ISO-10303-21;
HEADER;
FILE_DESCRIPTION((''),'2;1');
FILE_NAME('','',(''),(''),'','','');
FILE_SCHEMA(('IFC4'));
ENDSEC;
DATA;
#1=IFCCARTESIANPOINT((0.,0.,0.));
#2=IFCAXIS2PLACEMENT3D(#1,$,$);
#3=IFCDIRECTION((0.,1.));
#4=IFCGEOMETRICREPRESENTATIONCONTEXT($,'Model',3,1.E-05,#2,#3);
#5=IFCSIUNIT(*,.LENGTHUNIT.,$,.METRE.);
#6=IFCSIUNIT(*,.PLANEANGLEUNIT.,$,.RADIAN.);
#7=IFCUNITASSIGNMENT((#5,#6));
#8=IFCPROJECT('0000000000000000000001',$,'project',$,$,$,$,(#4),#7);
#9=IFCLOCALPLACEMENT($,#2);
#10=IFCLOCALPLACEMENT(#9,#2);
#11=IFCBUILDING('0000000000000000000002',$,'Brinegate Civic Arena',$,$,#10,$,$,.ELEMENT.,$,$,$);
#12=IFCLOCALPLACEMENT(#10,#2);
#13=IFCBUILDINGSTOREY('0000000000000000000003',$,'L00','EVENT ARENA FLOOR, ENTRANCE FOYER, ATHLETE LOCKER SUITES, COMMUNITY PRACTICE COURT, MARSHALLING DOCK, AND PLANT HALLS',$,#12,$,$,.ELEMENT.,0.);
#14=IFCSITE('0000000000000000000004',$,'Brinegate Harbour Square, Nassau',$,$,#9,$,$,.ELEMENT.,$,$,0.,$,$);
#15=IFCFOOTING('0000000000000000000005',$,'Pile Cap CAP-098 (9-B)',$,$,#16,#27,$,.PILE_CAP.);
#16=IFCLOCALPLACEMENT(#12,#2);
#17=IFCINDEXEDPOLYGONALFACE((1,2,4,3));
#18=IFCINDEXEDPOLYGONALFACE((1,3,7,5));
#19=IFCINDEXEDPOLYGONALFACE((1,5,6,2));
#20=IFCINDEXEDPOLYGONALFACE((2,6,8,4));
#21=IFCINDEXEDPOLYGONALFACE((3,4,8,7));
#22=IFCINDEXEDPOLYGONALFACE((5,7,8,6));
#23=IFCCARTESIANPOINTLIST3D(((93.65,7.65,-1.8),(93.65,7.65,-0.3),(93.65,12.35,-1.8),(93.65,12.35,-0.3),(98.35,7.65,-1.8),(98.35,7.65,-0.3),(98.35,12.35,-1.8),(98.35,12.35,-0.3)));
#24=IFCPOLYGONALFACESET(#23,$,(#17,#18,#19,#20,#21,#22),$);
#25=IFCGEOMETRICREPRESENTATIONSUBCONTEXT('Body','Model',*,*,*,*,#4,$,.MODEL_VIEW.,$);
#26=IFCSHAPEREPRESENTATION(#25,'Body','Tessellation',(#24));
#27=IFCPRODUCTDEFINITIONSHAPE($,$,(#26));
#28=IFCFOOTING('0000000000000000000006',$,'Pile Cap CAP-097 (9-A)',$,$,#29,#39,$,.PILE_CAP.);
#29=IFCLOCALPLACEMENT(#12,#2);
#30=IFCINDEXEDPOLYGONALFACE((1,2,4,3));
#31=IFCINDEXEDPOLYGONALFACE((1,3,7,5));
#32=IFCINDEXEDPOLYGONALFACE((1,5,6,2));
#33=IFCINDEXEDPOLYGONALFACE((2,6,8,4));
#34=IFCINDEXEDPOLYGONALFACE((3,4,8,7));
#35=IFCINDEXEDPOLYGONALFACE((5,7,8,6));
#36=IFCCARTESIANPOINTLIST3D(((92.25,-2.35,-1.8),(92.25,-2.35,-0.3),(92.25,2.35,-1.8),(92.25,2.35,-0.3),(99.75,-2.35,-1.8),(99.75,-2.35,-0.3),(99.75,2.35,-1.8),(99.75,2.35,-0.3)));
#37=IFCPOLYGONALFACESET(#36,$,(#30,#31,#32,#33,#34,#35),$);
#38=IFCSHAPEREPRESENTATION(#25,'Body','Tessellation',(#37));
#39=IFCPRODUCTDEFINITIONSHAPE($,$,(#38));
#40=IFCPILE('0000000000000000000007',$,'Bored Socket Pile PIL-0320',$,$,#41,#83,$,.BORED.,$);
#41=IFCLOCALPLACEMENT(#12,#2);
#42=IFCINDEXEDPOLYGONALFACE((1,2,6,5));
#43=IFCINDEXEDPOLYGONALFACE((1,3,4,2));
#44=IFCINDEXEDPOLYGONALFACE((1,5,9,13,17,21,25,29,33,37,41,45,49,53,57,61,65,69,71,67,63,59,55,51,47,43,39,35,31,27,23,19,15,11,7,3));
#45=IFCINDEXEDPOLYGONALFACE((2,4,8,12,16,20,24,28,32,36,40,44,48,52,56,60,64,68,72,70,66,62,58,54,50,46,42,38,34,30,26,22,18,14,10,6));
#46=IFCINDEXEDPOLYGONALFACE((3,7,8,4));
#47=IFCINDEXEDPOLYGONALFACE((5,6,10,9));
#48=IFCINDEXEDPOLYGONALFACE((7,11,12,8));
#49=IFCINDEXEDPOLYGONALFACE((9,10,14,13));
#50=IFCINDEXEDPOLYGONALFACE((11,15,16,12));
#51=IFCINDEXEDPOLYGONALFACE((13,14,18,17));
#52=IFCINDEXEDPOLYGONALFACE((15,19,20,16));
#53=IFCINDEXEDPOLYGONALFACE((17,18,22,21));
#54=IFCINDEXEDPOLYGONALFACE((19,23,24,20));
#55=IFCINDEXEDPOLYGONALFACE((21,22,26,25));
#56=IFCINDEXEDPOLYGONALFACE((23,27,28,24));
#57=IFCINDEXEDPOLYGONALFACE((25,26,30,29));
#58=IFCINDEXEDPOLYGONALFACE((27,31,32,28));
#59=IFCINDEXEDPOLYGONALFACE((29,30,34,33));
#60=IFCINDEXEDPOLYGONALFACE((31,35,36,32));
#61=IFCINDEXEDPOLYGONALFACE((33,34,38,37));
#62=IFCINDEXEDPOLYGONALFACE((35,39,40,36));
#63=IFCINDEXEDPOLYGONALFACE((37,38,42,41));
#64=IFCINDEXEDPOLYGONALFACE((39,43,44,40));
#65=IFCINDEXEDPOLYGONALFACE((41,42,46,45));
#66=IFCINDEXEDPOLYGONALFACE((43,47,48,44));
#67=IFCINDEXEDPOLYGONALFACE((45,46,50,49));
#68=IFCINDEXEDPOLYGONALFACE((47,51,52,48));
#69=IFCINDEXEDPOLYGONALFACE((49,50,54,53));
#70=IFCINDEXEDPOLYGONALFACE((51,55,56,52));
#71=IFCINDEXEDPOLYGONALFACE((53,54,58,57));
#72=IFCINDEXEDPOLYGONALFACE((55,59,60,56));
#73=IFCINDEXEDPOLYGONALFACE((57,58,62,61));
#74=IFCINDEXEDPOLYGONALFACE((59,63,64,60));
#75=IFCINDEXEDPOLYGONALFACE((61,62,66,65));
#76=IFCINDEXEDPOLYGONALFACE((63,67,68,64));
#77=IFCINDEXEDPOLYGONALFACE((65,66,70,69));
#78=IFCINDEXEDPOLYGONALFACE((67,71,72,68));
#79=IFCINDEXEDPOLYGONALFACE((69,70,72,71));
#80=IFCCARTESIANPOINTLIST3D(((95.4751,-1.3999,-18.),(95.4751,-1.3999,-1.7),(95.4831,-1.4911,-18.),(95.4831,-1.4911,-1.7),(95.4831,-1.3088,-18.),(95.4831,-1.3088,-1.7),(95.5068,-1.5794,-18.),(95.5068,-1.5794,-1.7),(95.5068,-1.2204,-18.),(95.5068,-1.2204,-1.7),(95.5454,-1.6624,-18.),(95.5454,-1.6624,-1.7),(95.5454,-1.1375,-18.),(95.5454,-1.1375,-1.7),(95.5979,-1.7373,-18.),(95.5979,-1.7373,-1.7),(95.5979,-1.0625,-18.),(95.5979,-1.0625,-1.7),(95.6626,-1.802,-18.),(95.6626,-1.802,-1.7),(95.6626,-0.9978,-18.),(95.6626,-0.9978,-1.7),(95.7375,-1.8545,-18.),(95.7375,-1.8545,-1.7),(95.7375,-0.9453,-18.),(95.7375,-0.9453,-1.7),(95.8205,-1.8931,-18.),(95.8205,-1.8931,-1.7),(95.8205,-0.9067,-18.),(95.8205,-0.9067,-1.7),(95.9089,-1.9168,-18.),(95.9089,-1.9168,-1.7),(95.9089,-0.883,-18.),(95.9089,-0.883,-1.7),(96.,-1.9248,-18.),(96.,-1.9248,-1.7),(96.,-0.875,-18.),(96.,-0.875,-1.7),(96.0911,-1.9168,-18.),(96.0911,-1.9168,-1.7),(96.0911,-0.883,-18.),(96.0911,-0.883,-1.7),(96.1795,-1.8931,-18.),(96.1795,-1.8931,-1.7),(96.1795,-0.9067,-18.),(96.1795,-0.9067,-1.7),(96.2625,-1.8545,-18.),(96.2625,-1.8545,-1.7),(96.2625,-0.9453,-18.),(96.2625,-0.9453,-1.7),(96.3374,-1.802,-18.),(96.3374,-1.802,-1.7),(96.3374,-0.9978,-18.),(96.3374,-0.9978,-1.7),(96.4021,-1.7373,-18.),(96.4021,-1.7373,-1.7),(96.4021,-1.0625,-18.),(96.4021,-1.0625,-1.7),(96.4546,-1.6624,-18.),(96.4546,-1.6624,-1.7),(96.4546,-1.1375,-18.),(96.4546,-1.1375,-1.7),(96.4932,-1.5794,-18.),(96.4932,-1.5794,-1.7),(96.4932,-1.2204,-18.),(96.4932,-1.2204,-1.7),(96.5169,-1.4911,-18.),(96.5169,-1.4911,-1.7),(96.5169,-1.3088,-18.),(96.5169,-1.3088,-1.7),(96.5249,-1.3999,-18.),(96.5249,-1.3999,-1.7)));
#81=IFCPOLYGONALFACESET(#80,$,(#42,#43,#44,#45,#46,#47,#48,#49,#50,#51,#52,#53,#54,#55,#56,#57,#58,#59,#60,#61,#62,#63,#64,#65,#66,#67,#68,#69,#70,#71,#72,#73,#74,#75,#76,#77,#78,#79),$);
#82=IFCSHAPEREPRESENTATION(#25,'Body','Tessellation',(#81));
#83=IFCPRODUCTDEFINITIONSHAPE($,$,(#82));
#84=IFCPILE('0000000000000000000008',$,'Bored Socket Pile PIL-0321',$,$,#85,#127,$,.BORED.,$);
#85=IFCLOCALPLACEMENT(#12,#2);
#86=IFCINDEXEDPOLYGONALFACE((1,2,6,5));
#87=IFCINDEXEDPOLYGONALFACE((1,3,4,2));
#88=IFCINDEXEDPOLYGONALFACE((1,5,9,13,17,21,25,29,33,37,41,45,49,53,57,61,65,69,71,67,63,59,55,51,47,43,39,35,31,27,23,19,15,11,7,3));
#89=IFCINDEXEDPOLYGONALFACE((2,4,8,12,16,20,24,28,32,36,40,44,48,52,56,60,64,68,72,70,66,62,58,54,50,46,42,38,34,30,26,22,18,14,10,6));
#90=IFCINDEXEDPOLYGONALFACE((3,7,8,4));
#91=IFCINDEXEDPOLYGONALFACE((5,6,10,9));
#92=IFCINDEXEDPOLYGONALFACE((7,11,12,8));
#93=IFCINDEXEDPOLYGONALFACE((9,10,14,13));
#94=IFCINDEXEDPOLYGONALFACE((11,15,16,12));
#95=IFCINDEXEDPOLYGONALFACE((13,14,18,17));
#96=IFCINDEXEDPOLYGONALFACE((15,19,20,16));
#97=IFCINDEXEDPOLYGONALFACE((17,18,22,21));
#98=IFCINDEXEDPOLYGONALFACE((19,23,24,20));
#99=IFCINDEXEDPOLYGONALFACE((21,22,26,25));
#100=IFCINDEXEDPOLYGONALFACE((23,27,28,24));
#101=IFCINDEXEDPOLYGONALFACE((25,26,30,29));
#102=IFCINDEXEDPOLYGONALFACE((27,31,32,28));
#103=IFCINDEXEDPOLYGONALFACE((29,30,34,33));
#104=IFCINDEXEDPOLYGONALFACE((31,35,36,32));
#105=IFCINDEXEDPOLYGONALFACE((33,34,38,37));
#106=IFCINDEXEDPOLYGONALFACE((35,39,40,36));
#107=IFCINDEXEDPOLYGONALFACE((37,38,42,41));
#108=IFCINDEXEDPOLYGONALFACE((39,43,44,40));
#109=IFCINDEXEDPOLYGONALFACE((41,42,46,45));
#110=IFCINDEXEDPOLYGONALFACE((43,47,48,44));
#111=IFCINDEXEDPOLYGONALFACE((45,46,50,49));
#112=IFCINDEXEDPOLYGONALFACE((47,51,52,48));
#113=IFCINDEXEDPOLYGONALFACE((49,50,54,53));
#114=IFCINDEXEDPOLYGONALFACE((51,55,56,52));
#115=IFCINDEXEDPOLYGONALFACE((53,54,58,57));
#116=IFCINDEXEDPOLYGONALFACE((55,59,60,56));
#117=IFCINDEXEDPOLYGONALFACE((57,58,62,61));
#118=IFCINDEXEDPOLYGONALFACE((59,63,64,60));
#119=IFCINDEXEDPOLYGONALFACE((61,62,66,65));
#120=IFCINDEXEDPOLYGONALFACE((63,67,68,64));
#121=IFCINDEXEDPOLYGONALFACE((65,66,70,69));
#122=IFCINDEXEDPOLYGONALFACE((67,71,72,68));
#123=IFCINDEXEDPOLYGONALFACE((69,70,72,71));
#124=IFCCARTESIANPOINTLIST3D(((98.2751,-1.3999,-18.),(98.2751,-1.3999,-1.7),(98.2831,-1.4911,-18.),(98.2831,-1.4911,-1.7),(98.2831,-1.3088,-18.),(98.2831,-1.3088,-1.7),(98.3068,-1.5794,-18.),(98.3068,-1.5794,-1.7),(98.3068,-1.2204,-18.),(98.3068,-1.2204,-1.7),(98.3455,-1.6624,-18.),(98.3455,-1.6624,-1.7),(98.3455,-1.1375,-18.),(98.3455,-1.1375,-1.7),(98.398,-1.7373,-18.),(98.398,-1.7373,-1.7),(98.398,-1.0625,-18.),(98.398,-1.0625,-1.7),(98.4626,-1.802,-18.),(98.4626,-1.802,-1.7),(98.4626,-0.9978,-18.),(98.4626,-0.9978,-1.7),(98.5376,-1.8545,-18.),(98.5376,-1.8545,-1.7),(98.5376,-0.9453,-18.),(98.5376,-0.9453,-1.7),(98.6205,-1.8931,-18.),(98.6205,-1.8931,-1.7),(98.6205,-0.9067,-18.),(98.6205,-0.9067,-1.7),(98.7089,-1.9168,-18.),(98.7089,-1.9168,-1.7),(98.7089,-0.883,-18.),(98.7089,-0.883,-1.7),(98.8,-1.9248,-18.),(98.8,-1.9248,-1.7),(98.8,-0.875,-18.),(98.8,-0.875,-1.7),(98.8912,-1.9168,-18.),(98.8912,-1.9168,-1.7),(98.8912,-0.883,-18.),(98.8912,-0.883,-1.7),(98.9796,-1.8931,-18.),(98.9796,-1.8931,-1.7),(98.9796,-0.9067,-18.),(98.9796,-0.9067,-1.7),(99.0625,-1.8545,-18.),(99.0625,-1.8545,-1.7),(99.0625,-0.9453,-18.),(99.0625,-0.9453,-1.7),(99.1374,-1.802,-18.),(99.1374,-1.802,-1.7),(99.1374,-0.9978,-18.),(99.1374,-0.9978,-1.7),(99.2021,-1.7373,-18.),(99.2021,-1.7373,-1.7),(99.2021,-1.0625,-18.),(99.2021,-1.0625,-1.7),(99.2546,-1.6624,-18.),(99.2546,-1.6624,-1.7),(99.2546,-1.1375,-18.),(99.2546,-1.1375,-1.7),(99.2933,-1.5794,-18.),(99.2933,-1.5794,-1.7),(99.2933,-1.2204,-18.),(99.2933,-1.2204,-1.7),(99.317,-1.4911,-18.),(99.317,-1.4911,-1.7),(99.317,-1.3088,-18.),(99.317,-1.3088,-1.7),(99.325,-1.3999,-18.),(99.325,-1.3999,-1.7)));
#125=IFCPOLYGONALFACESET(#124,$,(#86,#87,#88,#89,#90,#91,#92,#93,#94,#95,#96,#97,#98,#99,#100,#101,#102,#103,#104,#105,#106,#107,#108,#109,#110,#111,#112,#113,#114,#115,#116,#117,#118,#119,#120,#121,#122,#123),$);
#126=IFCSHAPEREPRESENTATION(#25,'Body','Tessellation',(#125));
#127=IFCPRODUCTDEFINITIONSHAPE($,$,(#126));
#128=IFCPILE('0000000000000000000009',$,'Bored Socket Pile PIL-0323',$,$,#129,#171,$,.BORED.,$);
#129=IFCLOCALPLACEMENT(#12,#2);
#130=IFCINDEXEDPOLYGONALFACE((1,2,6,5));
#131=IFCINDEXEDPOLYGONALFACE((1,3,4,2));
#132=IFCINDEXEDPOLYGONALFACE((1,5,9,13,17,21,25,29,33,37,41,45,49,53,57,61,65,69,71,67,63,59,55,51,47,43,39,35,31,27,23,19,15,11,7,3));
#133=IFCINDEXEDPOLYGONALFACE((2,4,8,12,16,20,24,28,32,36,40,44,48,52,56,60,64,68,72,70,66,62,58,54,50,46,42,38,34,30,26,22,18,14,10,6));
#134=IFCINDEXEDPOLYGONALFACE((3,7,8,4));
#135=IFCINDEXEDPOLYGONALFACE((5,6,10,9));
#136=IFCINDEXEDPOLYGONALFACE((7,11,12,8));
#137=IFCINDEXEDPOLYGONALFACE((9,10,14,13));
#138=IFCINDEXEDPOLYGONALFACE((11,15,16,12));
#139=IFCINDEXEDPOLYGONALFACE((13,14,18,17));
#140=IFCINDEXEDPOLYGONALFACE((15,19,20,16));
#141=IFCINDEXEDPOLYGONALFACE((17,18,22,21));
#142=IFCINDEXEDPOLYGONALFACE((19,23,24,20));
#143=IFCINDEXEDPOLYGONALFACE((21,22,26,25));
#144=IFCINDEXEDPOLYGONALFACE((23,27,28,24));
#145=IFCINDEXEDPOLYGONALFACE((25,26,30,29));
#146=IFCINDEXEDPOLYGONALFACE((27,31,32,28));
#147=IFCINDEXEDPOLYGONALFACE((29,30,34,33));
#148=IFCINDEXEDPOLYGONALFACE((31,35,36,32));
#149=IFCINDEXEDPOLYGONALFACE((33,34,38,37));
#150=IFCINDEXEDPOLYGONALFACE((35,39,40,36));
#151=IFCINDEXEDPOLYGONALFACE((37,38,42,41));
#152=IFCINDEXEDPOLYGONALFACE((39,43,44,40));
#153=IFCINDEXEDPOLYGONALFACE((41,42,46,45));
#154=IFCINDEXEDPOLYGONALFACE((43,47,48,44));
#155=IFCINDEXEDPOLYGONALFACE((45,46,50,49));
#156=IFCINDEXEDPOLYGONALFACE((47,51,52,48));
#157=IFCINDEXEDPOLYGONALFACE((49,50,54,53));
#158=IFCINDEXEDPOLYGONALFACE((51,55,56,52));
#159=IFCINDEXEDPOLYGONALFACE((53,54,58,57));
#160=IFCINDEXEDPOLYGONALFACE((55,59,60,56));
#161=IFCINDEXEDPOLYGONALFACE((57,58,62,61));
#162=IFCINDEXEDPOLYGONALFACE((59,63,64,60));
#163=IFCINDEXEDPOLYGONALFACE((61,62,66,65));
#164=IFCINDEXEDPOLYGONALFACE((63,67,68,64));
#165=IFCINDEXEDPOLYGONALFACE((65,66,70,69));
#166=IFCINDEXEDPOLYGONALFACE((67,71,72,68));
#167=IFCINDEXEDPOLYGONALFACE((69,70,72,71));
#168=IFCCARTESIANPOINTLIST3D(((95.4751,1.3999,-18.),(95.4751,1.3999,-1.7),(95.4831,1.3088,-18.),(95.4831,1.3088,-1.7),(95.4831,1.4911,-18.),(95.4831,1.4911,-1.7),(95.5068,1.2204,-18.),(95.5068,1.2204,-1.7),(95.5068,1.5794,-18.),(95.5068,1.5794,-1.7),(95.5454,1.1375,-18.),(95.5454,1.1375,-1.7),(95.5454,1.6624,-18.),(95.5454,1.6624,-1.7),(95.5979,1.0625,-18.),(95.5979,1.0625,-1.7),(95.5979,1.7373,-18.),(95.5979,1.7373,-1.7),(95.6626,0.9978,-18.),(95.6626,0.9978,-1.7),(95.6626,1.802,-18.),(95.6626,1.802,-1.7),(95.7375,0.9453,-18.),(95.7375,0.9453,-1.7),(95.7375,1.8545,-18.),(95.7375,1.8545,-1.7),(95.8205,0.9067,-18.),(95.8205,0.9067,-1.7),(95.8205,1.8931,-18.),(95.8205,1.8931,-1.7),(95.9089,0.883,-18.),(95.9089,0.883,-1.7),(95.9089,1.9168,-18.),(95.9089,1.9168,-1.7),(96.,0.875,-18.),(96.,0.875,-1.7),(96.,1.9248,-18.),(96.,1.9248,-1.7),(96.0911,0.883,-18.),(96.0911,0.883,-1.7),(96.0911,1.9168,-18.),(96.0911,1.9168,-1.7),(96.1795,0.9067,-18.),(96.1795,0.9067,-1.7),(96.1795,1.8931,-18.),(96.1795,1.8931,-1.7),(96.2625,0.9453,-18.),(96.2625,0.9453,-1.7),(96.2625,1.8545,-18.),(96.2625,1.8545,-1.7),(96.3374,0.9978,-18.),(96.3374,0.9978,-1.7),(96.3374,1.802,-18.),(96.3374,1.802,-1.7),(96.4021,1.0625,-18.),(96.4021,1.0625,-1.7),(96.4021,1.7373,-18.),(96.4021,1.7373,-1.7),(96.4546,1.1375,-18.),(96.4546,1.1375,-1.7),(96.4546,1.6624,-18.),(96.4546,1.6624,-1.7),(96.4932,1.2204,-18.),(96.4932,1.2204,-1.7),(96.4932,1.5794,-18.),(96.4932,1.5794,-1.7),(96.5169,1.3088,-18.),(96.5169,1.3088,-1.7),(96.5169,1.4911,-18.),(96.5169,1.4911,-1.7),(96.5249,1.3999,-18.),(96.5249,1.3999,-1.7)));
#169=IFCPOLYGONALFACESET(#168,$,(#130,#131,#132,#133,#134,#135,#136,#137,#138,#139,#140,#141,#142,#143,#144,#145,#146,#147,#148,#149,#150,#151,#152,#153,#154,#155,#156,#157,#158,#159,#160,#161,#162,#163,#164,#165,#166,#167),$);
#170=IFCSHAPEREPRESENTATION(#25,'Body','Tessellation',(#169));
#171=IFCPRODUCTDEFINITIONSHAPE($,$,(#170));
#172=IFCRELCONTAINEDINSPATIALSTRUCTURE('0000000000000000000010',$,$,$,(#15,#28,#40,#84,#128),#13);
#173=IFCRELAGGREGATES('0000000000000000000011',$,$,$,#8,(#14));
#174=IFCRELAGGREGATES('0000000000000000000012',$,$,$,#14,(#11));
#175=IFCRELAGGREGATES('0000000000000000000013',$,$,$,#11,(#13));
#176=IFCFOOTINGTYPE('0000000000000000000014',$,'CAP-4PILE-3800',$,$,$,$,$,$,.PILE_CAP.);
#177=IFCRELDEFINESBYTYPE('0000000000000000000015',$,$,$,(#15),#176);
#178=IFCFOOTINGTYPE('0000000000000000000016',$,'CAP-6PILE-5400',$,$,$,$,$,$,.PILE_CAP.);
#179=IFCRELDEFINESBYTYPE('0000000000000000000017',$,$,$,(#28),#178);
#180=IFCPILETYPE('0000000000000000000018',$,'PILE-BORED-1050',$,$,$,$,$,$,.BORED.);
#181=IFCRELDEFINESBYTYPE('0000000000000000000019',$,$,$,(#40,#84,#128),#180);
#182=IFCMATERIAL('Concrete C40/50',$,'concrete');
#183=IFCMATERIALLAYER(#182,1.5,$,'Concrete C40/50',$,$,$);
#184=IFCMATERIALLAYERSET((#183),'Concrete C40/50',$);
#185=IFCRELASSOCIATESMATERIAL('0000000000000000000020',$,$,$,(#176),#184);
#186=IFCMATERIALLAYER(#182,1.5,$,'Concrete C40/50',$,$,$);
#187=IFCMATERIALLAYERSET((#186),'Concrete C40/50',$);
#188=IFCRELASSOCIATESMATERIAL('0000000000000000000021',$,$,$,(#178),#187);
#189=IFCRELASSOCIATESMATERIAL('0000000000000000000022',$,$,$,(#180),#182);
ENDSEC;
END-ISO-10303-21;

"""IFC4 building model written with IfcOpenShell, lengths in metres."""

from ifc_helpers import new_model, si_unit, direction, frame, origin, origin_2d, place, context, subcontext, project, spatial, rectangle, circle, extrude, material, layer, layer_set, material_profile, profile_set, type_object, element, save


model = new_model("IFC4")

# Units and contexts
model_context = context("Model", 3, precision=1e-05, world=origin(), true_north=direction((0.0, 1.0)))
body_context = subcontext(model_context, "Body", "Model", "MODEL_VIEW")
ifc_project = project(units=[si_unit("LENGTHUNIT", "METRE"), si_unit("PLANEANGLEUNIT", "RADIAN")], contexts=[model_context])

# Site, building, storey
site_placement = place(None, origin())
site = spatial("IfcSite", under=ifc_project, at=site_placement, Name="Brinegate Harbour Square, Nassau", CompositionType="ELEMENT", RefElevation=0.0)
building_placement = place(site_placement, origin())
building = spatial("IfcBuilding", under=site, at=building_placement, Name="Brinegate Civic Arena", CompositionType="ELEMENT")
storey_placement = place(building_placement, origin())
storey = spatial("IfcBuildingStorey", under=building, at=storey_placement, Name="L00", Description="EVENT ARENA FLOOR, ENTRANCE FOYER, ATHLETE LOCKER SUITES, COMMUNITY PRACTICE COURT, MARSHALLING DOCK, AND PLANT HALLS", CompositionType="ELEMENT", Elevation=0.0)

# Footings
ifc_material_1 = material(Name="Concrete C40/50", Category="concrete")
ifc_layer_1 = layer(ifc_material_1, 1.5, Name="Concrete C40/50")
ifc_layer_set_1 = layer_set([ifc_layer_1], Name="Concrete C40/50")
footing_type_1 = type_object("IfcFootingType", Name="CAP-4PILE-3800", PredefinedType="PILE_CAP", material=ifc_layer_set_1)
footing_1_placement = place(storey_placement, frame((96.0, 10.0, -1.8), z_axis=(0.0, 0.0, 1.0), x_axis=(1.0, 0.0, 0.0)))
element("IfcFooting", 1, at=footing_1_placement, inside=storey, type_object=footing_type_1, Name="Pile Cap CAP-098 (9-B)", PredefinedType="PILE_CAP", context=body_context, shape_type="SweptSolid", body=[
    extrude(rectangle(XDim=4.7, YDim=4.7, at=origin_2d()), origin(), (0.0, 0.0, 1.0), 1.5),
])
ifc_layer_2 = layer(ifc_material_1, 1.5, Name="Concrete C40/50")
ifc_layer_set_2 = layer_set([ifc_layer_2], Name="Concrete C40/50")
footing_type_2 = type_object("IfcFootingType", Name="CAP-6PILE-5400", PredefinedType="PILE_CAP", material=ifc_layer_set_2)
footing_2_placement = place(storey_placement, frame((96.0, 0.0, -1.8), z_axis=(0.0, 0.0, 1.0), x_axis=(1.0, 0.0, 0.0)))
element("IfcFooting", 2, at=footing_2_placement, inside=storey, type_object=footing_type_2, Name="Pile Cap CAP-097 (9-A)", PredefinedType="PILE_CAP", context=body_context, shape_type="SweptSolid", body=[
    extrude(rectangle(XDim=7.5, YDim=4.7, at=origin_2d()), origin(), (0.0, 0.0, 1.0), 1.5),
])

# Piles
ifc_material_profile_1 = material_profile(ifc_material_1, circle(Radius=0.5249, at=origin_2d()), Name="PILED1050")
ifc_profile_set_1 = profile_set([ifc_material_profile_1], Name="Concrete C40/50")
pile_type_1 = type_object("IfcPileType", Name="PILE-BORED-1050", PredefinedType="BORED", material=ifc_profile_set_1)
for number, where, z_axis, x_axis, name in (
    (3, (96.0, -1.3999, -1.7), (0.0, 0.0, -1.0), (1.0, 0.0, 0.0), "Bored Socket Pile PIL-0320"),
    (4, (98.8, -1.3999, -1.7), (0.0, 0.0, -1.0), (1.0, 0.0, 0.0), "Bored Socket Pile PIL-0321"),
    (5, (96.0, 1.3999, -1.7), (0.0, 0.0, -1.0), (1.0, 0.0, 0.0), "Bored Socket Pile PIL-0323"),
):
    element("IfcPile", number, at=place(storey_placement, frame(where, z_axis=z_axis, x_axis=x_axis)), inside=storey, type_object=pile_type_1, Name=name, PredefinedType="BORED", context=body_context, shape_type="SweptSolid", body=[
        extrude(circle(Radius=0.5249, at=origin_2d()), origin(), (0.0, 0.0, 1.0), 16.3),
    ])

save(model, "model.ifc")
